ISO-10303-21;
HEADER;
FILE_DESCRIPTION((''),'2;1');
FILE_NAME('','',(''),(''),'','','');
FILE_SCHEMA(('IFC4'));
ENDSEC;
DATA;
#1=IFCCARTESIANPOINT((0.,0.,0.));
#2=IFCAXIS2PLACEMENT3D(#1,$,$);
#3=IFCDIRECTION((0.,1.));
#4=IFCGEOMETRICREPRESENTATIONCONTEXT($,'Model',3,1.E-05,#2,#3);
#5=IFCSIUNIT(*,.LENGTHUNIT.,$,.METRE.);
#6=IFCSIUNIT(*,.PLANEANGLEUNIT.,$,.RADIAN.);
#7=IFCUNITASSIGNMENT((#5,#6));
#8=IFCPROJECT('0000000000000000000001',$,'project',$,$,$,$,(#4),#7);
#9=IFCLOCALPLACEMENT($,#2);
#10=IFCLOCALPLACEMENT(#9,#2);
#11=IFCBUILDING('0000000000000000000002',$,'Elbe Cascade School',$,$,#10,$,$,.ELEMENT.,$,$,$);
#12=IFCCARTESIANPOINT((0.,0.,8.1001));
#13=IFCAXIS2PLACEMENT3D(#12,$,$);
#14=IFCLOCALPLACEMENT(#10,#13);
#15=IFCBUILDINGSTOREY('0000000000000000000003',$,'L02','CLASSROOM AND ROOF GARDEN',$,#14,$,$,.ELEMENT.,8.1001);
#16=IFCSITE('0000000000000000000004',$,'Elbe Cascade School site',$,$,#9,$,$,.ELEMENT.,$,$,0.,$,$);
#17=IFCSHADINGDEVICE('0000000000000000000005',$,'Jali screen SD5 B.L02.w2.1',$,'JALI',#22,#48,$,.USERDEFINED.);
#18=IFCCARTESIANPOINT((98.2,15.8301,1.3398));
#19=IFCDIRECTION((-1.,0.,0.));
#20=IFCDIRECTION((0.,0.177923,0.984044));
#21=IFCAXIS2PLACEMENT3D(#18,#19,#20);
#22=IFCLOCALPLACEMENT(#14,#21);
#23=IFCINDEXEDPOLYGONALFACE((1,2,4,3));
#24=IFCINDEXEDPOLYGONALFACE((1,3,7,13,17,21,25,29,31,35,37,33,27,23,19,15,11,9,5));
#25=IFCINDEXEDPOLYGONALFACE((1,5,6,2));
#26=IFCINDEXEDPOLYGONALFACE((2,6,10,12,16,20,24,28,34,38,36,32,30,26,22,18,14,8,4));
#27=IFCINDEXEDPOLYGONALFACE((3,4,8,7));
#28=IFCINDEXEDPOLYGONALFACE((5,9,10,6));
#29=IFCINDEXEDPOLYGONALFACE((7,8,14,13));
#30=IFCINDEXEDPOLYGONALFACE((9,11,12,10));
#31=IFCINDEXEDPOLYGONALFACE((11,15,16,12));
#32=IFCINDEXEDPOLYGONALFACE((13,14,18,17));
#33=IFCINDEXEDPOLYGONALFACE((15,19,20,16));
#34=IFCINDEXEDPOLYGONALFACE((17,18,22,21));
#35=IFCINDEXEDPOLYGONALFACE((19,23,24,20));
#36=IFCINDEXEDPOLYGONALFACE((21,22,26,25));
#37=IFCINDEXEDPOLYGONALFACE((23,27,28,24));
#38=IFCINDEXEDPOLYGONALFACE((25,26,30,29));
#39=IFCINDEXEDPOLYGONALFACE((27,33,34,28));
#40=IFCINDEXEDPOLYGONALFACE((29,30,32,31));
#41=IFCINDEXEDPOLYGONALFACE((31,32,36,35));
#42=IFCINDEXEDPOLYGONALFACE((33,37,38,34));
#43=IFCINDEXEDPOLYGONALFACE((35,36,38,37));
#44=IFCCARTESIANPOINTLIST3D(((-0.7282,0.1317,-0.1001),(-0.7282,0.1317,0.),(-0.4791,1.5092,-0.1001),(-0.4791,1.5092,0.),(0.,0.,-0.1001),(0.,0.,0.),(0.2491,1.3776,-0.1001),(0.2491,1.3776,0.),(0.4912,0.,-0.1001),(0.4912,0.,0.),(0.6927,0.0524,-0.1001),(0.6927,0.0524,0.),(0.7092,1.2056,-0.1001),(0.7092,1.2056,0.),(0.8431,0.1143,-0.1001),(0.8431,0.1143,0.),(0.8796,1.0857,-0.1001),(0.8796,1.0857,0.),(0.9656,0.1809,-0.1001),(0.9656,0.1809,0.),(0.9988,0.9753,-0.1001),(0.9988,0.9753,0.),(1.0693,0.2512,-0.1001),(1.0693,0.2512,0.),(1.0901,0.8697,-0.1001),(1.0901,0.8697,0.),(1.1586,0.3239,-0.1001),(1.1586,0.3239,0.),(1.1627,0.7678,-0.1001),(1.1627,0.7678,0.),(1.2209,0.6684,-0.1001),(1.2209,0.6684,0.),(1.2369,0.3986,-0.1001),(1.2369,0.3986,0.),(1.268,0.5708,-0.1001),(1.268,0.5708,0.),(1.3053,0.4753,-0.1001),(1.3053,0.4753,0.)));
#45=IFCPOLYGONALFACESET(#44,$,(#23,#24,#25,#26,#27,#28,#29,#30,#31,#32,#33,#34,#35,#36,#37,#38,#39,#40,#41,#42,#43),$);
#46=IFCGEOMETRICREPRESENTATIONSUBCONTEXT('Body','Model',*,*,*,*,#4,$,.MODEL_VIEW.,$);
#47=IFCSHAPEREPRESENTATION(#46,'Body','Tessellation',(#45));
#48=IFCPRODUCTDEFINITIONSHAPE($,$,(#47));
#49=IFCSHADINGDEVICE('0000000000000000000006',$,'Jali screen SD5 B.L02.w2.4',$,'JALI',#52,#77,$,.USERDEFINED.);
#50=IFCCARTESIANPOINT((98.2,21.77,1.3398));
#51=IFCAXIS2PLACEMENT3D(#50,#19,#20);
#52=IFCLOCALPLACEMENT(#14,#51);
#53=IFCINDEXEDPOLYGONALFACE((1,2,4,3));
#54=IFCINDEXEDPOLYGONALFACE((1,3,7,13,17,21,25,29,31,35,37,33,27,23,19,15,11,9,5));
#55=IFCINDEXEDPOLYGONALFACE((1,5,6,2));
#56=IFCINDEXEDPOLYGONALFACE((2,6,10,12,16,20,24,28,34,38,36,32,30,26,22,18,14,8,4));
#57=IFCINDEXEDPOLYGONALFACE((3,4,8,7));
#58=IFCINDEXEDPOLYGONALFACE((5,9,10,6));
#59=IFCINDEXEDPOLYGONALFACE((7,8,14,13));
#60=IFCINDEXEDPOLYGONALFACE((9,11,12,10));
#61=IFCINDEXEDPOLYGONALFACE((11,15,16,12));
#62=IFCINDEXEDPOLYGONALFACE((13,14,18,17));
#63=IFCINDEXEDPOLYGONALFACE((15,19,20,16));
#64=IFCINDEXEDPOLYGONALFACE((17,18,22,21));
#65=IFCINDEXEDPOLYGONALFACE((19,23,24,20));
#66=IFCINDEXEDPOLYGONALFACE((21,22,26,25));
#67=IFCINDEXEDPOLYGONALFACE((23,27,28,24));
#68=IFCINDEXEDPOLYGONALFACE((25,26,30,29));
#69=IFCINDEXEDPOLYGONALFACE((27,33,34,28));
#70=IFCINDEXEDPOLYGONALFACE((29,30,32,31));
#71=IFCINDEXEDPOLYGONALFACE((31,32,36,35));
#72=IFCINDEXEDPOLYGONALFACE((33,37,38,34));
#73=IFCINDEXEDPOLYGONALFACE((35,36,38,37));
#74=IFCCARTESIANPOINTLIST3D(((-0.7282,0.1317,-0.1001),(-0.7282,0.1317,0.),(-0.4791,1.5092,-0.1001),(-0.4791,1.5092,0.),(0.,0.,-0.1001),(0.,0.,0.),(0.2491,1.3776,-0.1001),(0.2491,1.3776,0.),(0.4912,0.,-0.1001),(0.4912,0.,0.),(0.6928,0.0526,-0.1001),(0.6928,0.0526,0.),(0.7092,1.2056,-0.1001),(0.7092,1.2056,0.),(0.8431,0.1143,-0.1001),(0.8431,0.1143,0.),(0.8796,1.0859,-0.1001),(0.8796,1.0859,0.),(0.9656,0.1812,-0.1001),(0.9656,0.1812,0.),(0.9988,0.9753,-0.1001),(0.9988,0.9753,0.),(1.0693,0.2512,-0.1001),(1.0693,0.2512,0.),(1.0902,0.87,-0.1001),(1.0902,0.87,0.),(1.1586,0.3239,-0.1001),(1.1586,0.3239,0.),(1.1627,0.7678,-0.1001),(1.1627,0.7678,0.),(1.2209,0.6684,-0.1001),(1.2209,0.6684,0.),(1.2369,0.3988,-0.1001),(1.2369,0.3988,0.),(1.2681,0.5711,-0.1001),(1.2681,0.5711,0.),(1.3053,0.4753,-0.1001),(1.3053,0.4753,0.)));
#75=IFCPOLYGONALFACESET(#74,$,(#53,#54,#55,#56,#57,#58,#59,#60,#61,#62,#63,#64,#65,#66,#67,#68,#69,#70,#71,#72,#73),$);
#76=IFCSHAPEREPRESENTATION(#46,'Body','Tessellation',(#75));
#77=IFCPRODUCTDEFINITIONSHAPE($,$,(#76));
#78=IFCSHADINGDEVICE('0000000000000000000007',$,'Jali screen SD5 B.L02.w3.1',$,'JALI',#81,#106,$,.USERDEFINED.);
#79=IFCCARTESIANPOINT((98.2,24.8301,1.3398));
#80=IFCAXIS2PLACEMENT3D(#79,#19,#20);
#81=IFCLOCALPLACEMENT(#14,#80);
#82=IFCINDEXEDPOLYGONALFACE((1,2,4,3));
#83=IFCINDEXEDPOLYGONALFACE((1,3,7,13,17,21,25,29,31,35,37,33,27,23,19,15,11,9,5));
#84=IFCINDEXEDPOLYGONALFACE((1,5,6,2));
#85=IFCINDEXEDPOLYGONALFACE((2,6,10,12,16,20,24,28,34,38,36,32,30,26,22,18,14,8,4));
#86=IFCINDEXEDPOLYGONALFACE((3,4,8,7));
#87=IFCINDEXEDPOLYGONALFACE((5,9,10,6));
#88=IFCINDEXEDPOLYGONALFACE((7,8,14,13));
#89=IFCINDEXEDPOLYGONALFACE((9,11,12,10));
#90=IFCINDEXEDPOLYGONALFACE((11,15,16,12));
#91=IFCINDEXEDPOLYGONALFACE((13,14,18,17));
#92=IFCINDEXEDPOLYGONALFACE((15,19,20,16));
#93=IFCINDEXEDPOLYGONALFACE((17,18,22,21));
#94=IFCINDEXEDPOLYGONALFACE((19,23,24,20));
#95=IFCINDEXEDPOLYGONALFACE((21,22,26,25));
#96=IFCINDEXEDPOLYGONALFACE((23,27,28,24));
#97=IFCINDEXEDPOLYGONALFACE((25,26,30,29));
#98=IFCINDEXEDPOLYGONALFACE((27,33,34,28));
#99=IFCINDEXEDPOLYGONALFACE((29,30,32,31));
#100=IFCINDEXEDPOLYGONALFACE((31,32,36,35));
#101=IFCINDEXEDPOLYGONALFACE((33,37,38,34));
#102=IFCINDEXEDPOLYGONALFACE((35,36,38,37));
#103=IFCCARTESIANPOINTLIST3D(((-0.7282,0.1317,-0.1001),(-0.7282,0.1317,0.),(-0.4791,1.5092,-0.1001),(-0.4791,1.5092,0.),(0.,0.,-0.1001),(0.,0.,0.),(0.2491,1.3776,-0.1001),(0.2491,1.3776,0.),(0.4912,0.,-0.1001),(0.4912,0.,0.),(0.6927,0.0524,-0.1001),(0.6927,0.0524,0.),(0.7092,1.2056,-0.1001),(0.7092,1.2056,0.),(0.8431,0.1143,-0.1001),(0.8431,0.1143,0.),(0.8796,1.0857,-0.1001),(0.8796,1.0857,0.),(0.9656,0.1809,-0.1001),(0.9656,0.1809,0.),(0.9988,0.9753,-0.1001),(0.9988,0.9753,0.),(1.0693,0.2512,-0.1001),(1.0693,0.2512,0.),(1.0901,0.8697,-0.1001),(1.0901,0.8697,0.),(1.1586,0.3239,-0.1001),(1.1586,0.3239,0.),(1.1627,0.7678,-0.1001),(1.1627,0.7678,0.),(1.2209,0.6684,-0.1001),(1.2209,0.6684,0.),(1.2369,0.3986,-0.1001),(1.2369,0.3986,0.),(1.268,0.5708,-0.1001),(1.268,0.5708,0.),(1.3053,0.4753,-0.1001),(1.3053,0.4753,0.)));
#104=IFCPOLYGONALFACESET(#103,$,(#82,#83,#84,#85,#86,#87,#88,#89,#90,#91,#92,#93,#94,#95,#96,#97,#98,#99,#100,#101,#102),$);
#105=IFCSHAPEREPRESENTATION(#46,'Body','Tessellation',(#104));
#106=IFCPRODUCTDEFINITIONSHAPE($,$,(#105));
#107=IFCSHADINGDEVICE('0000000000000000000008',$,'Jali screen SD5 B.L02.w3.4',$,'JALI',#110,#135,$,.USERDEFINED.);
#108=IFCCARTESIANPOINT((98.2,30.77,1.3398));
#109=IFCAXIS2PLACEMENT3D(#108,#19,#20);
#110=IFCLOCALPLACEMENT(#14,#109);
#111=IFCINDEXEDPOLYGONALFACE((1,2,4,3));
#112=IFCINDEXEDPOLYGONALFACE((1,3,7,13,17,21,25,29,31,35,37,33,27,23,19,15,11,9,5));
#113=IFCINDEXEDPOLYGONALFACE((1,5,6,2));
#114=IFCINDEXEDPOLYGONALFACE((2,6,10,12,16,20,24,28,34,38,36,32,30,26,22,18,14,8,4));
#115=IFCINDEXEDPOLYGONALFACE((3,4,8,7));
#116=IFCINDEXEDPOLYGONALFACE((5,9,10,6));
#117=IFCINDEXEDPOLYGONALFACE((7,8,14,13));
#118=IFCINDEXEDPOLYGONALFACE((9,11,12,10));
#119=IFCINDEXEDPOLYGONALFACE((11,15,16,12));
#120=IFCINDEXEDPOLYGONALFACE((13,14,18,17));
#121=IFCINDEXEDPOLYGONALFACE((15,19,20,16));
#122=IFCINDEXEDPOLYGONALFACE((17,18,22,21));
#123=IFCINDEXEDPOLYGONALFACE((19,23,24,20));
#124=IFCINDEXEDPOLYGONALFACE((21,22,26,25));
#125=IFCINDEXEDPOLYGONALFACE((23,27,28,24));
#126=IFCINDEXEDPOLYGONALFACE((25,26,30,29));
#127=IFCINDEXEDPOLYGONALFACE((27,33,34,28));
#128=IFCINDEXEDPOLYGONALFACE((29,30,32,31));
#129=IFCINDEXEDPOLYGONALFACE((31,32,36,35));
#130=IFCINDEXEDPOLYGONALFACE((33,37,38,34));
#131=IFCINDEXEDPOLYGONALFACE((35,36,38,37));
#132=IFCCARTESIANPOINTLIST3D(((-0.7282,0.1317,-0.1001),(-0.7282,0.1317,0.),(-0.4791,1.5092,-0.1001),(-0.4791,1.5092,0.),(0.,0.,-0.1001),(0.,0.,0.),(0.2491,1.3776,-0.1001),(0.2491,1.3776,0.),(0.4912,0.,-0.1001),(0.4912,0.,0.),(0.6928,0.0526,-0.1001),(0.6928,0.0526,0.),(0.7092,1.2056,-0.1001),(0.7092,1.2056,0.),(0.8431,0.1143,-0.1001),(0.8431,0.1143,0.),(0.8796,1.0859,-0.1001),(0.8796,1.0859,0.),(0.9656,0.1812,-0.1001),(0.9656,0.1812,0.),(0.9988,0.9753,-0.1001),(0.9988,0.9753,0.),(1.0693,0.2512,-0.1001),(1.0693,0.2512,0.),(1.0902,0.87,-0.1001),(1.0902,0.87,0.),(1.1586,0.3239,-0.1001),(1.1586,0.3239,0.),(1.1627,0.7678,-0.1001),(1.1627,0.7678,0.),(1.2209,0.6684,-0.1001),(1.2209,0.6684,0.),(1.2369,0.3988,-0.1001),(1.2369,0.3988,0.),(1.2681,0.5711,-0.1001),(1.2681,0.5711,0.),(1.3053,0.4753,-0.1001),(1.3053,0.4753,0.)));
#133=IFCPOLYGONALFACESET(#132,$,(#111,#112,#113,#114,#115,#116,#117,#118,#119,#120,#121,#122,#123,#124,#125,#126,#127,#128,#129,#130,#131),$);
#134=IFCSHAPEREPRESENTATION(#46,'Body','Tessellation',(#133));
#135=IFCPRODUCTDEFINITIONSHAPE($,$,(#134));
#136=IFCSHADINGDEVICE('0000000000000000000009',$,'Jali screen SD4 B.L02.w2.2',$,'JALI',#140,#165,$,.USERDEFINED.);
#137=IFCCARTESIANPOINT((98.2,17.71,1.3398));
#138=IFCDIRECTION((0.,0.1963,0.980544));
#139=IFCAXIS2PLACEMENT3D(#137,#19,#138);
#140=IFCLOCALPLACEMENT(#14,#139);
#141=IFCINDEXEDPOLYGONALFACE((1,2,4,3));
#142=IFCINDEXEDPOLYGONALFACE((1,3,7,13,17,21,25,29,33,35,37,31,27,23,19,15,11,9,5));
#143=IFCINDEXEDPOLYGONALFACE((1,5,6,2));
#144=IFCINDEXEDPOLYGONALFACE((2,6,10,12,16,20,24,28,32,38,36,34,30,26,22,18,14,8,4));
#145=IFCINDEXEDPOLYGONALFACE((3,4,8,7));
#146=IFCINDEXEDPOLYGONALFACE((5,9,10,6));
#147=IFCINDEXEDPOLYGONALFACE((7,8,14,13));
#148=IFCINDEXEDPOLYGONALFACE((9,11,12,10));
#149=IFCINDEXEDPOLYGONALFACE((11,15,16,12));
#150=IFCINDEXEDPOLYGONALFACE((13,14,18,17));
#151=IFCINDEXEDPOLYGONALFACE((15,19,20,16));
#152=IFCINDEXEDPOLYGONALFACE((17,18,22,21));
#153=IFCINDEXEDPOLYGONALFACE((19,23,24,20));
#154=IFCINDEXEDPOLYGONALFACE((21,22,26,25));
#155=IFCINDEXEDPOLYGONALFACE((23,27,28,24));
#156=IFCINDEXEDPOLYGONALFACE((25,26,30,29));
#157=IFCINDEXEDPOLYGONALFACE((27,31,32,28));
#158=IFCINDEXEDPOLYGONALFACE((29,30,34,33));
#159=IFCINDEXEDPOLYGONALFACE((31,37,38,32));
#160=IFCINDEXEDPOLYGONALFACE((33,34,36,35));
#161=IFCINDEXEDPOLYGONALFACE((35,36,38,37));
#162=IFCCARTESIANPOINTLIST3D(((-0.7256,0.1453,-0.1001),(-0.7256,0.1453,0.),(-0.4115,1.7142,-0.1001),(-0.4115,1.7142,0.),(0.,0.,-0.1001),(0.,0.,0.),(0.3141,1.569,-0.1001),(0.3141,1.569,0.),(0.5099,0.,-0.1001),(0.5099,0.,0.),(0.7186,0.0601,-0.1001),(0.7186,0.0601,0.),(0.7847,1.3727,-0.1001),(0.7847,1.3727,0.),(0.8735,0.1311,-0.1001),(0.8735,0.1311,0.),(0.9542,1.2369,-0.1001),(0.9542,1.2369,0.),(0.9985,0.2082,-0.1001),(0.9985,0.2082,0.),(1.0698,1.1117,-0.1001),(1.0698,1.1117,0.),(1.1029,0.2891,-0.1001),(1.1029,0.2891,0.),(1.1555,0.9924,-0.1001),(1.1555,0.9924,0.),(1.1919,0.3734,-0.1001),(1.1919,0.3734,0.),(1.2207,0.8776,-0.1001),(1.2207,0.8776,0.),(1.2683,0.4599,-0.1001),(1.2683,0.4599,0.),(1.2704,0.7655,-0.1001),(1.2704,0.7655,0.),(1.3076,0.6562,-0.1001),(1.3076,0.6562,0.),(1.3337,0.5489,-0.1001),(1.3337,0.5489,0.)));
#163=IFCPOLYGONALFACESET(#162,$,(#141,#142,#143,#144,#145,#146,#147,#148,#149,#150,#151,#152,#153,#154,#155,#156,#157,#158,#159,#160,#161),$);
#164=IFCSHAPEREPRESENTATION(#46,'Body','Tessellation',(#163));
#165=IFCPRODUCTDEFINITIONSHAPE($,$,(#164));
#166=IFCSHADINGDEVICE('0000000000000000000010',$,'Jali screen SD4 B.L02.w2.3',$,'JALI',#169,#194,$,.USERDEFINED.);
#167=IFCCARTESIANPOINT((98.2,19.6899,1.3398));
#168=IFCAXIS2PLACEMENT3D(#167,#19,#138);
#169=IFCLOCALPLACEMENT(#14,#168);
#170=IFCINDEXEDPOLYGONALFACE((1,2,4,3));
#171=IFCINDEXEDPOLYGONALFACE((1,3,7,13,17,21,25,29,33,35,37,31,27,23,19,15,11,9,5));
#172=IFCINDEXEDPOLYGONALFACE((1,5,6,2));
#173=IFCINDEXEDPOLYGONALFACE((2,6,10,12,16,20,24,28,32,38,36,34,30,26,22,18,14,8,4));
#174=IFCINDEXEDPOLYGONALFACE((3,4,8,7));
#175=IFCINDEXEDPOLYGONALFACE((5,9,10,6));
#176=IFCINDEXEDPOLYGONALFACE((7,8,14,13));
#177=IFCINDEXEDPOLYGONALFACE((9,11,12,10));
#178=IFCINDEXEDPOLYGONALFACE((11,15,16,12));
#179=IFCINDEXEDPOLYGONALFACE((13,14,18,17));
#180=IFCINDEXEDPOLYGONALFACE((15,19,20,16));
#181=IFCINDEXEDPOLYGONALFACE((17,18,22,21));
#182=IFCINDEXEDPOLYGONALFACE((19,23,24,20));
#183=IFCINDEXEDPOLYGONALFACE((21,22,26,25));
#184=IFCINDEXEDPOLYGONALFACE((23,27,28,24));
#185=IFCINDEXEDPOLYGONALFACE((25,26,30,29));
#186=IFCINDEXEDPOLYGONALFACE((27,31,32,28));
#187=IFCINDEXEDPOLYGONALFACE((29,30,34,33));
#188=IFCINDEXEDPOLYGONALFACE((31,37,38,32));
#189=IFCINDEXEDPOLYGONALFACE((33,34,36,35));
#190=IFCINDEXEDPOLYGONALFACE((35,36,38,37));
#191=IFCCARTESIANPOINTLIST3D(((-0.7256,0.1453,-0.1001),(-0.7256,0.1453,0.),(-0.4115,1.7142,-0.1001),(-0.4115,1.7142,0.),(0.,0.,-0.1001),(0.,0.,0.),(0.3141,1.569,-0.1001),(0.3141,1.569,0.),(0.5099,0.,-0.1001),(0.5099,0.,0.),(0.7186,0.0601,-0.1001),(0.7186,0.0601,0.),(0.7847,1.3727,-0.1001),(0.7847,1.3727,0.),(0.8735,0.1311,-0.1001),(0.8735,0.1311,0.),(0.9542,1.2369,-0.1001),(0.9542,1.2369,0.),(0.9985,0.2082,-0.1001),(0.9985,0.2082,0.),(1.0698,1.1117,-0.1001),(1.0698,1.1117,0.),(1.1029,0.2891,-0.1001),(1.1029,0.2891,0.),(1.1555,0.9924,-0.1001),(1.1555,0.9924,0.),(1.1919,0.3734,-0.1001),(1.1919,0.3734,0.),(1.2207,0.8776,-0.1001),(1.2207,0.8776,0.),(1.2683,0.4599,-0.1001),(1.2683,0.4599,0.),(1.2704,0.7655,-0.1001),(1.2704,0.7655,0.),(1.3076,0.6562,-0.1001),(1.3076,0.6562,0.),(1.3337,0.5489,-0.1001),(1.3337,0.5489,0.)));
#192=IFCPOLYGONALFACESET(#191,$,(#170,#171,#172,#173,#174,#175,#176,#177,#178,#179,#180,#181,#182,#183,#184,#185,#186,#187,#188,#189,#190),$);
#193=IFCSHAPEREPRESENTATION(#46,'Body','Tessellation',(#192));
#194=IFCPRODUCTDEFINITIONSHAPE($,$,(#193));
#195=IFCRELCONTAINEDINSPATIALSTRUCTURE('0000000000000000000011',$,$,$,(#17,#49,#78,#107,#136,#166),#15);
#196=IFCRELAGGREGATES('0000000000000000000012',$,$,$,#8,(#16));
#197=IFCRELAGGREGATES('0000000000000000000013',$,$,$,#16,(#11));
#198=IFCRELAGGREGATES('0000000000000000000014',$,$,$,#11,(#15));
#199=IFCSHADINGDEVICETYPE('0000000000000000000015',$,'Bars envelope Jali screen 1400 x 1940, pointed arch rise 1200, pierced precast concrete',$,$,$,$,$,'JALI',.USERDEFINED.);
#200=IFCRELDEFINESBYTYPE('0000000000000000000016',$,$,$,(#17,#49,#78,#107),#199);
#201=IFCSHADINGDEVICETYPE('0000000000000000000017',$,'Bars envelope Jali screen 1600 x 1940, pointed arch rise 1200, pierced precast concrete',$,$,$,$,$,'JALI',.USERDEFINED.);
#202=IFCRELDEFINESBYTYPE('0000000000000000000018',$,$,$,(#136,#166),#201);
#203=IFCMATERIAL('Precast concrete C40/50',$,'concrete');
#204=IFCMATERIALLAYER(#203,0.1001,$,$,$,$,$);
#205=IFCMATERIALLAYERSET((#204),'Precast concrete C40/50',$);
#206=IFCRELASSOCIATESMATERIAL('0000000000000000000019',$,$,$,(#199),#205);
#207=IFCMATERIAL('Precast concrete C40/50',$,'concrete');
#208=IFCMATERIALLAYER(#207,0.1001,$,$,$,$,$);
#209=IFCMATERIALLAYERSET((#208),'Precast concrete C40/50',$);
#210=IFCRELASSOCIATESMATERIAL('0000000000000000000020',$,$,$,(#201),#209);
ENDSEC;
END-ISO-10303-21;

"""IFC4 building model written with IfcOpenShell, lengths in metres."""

from ifc_helpers import new_model, si_unit, direction, frame, origin, place, context, subcontext, project, spatial, polyline, outline, extrude, material, layer, layer_set, type_object, element, save


model = new_model("IFC4")

# Units and contexts
model_context = context("Model", 3, precision=1e-05, world=origin(), true_north=direction((0.0, 1.0)))
body_context = subcontext(model_context, "Body", "Model", "MODEL_VIEW")
ifc_project = project(units=[si_unit("LENGTHUNIT", "METRE"), si_unit("PLANEANGLEUNIT", "RADIAN")], contexts=[model_context])

# Site, building, storey
site_placement = place(None, origin())
site = spatial("IfcSite", under=ifc_project, at=site_placement, Name="Elbe Cascade School site", CompositionType="ELEMENT", RefElevation=0.0)
building_placement = place(site_placement, origin())
building = spatial("IfcBuilding", under=site, at=building_placement, Name="Elbe Cascade School", CompositionType="ELEMENT")
storey_placement = place(building_placement, frame((0.0, 0.0, 8.1001)))
storey = spatial("IfcBuildingStorey", under=building, at=storey_placement, Name="L02", Description="CLASSROOM AND ROOF GARDEN", CompositionType="ELEMENT", Elevation=8.1001)

# Shading devices
ifc_material_1 = material(Name="Precast concrete C40/50", Category="concrete")
ifc_layer_1 = layer(ifc_material_1, 0.1001)
ifc_layer_set_1 = layer_set([ifc_layer_1], Name="Precast concrete C40/50")
shading_device_type_1 = type_object("IfcShadingDeviceType", Name="Bars envelope Jali screen 1400 x 1940, pointed arch rise 1200, pierced precast concrete", ElementType="JALI", PredefinedType="USERDEFINED", material=ifc_layer_set_1)
shading_device_1_placement = place(storey_placement, frame((98.2, 15.8301, 1.3398), z_axis=(-1.0, 0.0, 0.0), x_axis=(0.0, 0.177923, 0.984044)))
element("IfcShadingDevice", 1, at=shading_device_1_placement, inside=storey, type_object=shading_device_type_1, Name="Jali screen SD5 B.L02.w2.1", ObjectType="JALI", PredefinedType="USERDEFINED", context=body_context, shape_type="SweptSolid", body=[
    extrude(outline(polyline([(0.0, 0.0), (0.4912, 0.0), (0.6927, 0.0524), (0.8431, 0.1143), (0.9656, 0.1809), (1.0693, 0.2512), (1.1586, 0.3239), (1.2369, 0.3986), (1.3053, 0.4753), (1.268, 0.5708), (1.2209, 0.6684), (1.1627, 0.7678), (1.0901, 0.8697), (0.9988, 0.9753), (0.8796, 1.0857), (0.7092, 1.2056), (0.2491, 1.3776), (-0.4791, 1.5092), (-0.7282, 0.1317), (0.0, 0.0)])), origin(), (0.0, 0.0, -1.0), 0.1001),
])
shading_device_2_placement = place(storey_placement, frame((98.2, 21.77, 1.3398), z_axis=(-1.0, 0.0, 0.0), x_axis=(0.0, 0.177923, 0.984044)))
element("IfcShadingDevice", 2, at=shading_device_2_placement, inside=storey, type_object=shading_device_type_1, Name="Jali screen SD5 B.L02.w2.4", ObjectType="JALI", PredefinedType="USERDEFINED", context=body_context, shape_type="SweptSolid", body=[
    extrude(outline(polyline([(0.0, 0.0), (0.4912, 0.0), (0.6928, 0.0526), (0.8431, 0.1143), (0.9656, 0.1812), (1.0693, 0.2512), (1.1586, 0.3239), (1.2369, 0.3988), (1.3053, 0.4753), (1.2681, 0.5711), (1.2209, 0.6684), (1.1627, 0.7678), (1.0902, 0.87), (0.9988, 0.9753), (0.8796, 1.0859), (0.7092, 1.2056), (0.2491, 1.3776), (-0.4791, 1.5092), (-0.7282, 0.1317), (0.0, 0.0)])), origin(), (0.0, 0.0, -1.0), 0.1001),
])
shading_device_3_placement = place(storey_placement, frame((98.2, 24.8301, 1.3398), z_axis=(-1.0, 0.0, 0.0), x_axis=(0.0, 0.177923, 0.984044)))
element("IfcShadingDevice", 3, at=shading_device_3_placement, inside=storey, type_object=shading_device_type_1, Name="Jali screen SD5 B.L02.w3.1", ObjectType="JALI", PredefinedType="USERDEFINED", context=body_context, shape_type="SweptSolid", body=[
    extrude(outline(polyline([(0.0, 0.0), (0.4912, 0.0), (0.6927, 0.0524), (0.8431, 0.1143), (0.9656, 0.1809), (1.0693, 0.2512), (1.1586, 0.3239), (1.2369, 0.3986), (1.3053, 0.4753), (1.268, 0.5708), (1.2209, 0.6684), (1.1627, 0.7678), (1.0901, 0.8697), (0.9988, 0.9753), (0.8796, 1.0857), (0.7092, 1.2056), (0.2491, 1.3776), (-0.4791, 1.5092), (-0.7282, 0.1317), (0.0, 0.0)])), origin(), (0.0, 0.0, -1.0), 0.1001),
])
shading_device_4_placement = place(storey_placement, frame((98.2, 30.77, 1.3398), z_axis=(-1.0, 0.0, 0.0), x_axis=(0.0, 0.177923, 0.984044)))
element("IfcShadingDevice", 4, at=shading_device_4_placement, inside=storey, type_object=shading_device_type_1, Name="Jali screen SD5 B.L02.w3.4", ObjectType="JALI", PredefinedType="USERDEFINED", context=body_context, shape_type="SweptSolid", body=[
    extrude(outline(polyline([(0.0, 0.0), (0.4912, 0.0), (0.6928, 0.0526), (0.8431, 0.1143), (0.9656, 0.1812), (1.0693, 0.2512), (1.1586, 0.3239), (1.2369, 0.3988), (1.3053, 0.4753), (1.2681, 0.5711), (1.2209, 0.6684), (1.1627, 0.7678), (1.0902, 0.87), (0.9988, 0.9753), (0.8796, 1.0859), (0.7092, 1.2056), (0.2491, 1.3776), (-0.4791, 1.5092), (-0.7282, 0.1317), (0.0, 0.0)])), origin(), (0.0, 0.0, -1.0), 0.1001),
])
ifc_material_2 = material(Name="Precast concrete C40/50", Category="concrete")
ifc_layer_2 = layer(ifc_material_2, 0.1001)
ifc_layer_set_2 = layer_set([ifc_layer_2], Name="Precast concrete C40/50")
shading_device_type_2 = type_object("IfcShadingDeviceType", Name="Bars envelope Jali screen 1600 x 1940, pointed arch rise 1200, pierced precast concrete", ElementType="JALI", PredefinedType="USERDEFINED", material=ifc_layer_set_2)
for number, where, z_axis, x_axis, name in (
    (5, (98.2, 17.71, 1.3398), (-1.0, 0.0, 0.0), (0.0, 0.1963, 0.980544), "Jali screen SD4 B.L02.w2.2"),
    (6, (98.2, 19.6899, 1.3398), (-1.0, 0.0, 0.0), (0.0, 0.1963, 0.980544), "Jali screen SD4 B.L02.w2.3"),
):
    element("IfcShadingDevice", number, at=place(storey_placement, frame(where, z_axis=z_axis, x_axis=x_axis)), inside=storey, type_object=shading_device_type_2, Name=name, ObjectType="JALI", PredefinedType="USERDEFINED", context=body_context, shape_type="SweptSolid", body=[
        extrude(outline(polyline([(0.0, 0.0), (0.5099, 0.0), (0.7186, 0.0601), (0.8735, 0.1311), (0.9985, 0.2082), (1.1029, 0.2891), (1.1919, 0.3734), (1.2683, 0.4599), (1.3337, 0.5489), (1.3076, 0.6562), (1.2704, 0.7655), (1.2207, 0.8776), (1.1555, 0.9924), (1.0698, 1.1117), (0.9542, 1.2369), (0.7847, 1.3727), (0.3141, 1.569), (-0.4115, 1.7142), (-0.7256, 0.1453), (0.0, 0.0)])), origin(), (0.0, 0.0, -1.0), 0.1001),
    ])

save(model, "model.ifc")
